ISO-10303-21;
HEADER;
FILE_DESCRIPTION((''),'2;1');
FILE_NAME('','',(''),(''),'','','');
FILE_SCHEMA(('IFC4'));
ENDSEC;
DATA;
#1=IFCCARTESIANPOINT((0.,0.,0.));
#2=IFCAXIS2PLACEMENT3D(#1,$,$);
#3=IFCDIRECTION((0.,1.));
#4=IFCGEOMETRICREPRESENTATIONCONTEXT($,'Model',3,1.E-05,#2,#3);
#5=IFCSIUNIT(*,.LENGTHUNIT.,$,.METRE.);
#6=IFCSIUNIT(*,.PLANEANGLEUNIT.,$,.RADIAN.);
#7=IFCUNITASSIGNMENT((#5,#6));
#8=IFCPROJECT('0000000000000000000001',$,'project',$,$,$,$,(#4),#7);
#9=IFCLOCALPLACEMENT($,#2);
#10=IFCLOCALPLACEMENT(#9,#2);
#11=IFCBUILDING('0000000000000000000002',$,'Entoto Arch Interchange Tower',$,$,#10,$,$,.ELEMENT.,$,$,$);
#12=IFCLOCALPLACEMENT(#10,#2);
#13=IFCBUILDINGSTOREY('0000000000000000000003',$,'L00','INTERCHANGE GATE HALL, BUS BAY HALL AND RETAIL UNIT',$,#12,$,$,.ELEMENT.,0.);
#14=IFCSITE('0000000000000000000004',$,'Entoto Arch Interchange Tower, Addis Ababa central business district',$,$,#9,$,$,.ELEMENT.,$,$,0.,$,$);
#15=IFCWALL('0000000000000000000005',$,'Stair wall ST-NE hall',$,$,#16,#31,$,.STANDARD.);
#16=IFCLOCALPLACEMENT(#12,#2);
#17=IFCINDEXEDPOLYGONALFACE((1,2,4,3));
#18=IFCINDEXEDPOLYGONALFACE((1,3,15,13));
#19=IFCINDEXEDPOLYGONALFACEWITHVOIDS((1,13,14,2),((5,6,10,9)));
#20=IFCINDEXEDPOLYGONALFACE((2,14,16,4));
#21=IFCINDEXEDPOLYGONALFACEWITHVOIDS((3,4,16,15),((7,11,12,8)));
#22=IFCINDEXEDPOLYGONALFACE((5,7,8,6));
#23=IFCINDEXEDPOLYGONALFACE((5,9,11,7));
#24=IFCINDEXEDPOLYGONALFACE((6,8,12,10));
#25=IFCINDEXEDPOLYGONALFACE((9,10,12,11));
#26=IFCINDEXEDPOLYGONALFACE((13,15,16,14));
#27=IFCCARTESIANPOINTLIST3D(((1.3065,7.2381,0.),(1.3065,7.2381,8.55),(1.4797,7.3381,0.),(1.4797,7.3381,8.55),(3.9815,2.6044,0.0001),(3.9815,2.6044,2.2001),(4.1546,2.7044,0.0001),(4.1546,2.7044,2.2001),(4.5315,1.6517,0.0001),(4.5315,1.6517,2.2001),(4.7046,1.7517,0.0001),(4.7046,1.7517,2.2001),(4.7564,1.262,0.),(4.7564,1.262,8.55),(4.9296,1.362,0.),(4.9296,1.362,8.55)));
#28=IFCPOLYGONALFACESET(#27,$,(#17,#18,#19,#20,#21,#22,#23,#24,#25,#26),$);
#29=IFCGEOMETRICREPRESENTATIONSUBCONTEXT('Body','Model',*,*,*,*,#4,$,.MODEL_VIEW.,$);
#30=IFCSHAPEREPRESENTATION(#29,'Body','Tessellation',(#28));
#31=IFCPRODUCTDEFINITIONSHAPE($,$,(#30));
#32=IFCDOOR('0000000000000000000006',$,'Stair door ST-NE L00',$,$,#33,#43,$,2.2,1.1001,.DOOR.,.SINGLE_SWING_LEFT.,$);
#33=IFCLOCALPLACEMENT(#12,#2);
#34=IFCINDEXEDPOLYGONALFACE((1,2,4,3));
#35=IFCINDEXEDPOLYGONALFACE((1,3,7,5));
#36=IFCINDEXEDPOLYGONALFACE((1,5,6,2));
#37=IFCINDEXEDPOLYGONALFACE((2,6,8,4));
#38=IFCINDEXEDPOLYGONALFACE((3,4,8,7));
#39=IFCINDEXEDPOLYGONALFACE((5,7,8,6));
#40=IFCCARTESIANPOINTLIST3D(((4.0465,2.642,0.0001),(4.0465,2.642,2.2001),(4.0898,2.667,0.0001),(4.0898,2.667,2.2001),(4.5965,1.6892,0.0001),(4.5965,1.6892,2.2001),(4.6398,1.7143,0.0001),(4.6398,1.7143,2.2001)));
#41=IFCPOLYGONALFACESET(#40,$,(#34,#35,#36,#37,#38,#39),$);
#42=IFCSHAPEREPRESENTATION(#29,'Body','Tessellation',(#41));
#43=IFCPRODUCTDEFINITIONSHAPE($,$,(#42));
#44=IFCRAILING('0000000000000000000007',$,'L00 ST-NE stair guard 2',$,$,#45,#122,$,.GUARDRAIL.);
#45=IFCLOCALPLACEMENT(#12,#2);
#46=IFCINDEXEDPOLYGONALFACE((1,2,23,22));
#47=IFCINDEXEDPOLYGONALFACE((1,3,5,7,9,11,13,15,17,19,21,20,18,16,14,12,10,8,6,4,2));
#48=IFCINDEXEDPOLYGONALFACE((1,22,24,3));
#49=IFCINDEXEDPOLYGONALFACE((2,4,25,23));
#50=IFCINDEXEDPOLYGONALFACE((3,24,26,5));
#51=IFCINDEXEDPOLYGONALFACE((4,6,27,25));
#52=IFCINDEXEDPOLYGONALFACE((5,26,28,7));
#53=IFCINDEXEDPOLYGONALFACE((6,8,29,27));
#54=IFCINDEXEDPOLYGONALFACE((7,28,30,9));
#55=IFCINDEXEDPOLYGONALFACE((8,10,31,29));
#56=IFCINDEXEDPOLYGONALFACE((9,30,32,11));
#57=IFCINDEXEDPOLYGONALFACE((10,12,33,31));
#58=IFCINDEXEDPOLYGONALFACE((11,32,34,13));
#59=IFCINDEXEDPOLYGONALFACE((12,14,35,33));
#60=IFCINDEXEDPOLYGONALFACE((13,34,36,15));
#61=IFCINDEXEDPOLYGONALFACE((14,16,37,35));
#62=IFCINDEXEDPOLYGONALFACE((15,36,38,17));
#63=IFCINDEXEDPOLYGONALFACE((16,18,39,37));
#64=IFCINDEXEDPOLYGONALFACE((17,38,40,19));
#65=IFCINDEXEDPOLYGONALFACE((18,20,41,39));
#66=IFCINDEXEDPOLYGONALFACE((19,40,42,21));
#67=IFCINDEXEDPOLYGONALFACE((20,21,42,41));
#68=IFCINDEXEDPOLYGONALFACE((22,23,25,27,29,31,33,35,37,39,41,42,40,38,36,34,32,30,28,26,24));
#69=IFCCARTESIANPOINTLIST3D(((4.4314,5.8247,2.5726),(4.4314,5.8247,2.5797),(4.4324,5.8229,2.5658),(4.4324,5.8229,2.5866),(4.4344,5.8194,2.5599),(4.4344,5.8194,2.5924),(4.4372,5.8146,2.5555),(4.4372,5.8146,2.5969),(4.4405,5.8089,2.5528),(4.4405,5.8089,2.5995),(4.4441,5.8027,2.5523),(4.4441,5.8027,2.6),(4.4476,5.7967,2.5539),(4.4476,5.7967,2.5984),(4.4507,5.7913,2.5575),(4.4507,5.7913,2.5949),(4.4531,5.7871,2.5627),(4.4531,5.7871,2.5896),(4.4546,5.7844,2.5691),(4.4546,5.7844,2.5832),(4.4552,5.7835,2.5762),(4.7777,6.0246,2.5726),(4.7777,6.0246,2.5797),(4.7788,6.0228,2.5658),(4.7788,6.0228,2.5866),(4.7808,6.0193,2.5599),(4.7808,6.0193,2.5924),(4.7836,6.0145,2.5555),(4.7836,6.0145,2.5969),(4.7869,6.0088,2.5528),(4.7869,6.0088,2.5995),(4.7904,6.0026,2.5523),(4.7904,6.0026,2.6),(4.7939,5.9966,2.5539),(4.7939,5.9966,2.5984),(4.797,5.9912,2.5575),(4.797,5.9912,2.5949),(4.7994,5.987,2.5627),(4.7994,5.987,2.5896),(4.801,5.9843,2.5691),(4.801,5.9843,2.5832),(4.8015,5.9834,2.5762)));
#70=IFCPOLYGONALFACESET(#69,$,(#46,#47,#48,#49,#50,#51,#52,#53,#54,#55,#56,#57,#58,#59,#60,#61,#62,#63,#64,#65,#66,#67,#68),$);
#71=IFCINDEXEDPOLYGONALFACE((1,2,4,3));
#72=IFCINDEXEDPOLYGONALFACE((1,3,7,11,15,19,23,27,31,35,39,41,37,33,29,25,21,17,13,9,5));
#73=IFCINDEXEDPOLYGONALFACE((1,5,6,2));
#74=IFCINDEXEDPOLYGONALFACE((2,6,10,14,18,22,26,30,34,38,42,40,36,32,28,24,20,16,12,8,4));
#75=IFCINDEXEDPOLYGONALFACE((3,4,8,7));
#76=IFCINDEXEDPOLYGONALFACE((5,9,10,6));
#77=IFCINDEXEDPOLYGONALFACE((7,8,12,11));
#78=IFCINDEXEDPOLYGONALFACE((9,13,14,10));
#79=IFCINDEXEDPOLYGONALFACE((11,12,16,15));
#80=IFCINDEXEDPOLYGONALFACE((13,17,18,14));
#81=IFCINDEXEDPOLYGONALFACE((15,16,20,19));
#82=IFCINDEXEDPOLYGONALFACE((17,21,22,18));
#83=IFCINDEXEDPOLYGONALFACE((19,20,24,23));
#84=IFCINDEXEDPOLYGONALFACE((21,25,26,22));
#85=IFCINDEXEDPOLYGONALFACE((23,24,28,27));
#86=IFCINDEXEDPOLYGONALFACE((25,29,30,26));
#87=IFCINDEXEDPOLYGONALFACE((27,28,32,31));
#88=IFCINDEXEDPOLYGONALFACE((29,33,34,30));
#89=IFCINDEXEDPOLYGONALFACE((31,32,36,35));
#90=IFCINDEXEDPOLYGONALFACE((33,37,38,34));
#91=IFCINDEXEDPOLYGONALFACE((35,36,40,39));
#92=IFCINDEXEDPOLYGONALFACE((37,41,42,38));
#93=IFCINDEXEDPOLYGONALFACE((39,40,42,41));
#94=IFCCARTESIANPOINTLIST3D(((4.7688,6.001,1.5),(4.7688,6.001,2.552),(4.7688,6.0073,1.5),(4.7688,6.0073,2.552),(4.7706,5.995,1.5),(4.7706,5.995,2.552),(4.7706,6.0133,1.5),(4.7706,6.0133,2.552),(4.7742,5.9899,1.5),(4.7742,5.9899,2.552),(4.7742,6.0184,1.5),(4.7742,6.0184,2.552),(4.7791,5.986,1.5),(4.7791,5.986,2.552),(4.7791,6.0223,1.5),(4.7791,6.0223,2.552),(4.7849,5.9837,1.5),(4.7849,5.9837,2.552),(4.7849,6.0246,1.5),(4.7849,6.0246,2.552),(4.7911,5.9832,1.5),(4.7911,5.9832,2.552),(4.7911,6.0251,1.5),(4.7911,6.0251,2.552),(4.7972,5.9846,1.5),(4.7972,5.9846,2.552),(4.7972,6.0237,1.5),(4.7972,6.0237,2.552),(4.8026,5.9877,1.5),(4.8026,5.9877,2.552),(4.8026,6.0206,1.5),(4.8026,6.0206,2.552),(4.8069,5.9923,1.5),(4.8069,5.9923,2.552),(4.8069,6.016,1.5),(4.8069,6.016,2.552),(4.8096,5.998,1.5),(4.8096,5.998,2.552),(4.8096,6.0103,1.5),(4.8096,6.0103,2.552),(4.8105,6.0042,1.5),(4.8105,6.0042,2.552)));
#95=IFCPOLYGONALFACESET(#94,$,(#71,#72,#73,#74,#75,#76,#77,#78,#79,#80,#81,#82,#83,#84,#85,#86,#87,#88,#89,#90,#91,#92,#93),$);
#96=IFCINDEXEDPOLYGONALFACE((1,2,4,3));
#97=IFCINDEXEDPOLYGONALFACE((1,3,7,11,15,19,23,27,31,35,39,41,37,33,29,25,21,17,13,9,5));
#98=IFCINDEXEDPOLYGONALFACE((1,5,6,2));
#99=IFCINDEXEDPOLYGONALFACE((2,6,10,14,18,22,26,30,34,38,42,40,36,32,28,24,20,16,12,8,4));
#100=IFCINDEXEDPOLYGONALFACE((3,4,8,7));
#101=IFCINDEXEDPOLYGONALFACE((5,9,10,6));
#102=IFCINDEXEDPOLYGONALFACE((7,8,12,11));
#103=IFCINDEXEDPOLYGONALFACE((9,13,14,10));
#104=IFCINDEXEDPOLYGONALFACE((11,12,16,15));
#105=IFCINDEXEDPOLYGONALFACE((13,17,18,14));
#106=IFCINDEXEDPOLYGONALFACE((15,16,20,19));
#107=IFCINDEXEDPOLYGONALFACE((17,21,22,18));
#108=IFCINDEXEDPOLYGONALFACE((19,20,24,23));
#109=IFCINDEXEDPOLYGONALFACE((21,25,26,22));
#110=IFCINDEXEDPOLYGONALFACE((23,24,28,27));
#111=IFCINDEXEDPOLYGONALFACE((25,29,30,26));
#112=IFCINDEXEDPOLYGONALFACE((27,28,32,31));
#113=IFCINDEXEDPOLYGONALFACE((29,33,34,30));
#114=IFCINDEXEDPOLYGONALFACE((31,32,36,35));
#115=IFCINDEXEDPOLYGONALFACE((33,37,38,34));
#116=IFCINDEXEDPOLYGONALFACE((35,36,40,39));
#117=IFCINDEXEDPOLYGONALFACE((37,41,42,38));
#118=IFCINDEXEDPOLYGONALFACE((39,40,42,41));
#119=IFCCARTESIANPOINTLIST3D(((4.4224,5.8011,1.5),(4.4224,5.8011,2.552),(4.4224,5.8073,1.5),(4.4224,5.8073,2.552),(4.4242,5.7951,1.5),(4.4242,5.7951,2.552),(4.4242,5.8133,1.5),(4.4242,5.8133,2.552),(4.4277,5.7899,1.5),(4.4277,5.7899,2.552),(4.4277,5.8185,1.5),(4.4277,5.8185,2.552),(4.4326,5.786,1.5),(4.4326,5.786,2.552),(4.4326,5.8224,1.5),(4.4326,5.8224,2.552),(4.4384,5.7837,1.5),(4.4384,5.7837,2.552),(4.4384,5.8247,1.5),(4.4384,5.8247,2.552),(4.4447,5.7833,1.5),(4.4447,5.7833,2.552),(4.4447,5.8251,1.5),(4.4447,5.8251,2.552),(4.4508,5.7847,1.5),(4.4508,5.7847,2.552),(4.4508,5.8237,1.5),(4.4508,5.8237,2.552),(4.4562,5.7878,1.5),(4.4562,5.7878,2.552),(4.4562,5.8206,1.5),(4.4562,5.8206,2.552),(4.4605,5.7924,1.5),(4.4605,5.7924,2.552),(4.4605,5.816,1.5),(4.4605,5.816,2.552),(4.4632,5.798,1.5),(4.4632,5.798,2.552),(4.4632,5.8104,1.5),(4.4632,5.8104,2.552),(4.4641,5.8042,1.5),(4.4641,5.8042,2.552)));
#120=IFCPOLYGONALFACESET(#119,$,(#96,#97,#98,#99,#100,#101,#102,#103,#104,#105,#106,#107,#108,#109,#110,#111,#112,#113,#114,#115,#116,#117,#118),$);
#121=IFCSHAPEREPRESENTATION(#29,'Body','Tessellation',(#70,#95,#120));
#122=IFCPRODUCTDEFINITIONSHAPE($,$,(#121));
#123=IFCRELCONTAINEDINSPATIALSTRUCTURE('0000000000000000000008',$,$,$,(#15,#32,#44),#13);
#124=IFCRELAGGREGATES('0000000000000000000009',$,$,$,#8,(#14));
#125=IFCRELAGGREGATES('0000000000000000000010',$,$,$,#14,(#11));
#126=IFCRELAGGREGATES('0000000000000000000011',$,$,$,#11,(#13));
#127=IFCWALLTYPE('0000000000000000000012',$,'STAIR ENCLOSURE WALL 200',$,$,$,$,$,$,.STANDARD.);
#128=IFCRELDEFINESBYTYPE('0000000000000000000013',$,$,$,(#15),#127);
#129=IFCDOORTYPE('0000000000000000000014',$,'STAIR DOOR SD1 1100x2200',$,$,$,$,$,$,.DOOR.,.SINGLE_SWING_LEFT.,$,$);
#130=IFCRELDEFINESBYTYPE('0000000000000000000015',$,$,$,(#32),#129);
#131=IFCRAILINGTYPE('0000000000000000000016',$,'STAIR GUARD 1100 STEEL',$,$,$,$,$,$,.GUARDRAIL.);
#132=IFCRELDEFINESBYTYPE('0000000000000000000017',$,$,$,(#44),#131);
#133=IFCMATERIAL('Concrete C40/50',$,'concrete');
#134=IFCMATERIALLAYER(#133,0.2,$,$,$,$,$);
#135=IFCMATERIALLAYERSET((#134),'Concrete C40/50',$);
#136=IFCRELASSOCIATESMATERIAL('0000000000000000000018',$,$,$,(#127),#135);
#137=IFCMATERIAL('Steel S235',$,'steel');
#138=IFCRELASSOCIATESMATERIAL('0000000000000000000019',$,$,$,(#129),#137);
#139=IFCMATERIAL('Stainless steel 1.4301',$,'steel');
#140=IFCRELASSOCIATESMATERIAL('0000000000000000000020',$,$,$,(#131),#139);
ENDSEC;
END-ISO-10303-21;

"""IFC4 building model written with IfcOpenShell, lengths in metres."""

from ifc_helpers import new_model, si_unit, direction, frame, frame_2d, origin, origin_2d, place, context, subcontext, project, spatial, rectangle, circle, extrude, material, layer, layer_set, type_object, element, fill, save


model = new_model("IFC4")

# Units and contexts
model_context = context("Model", 3, precision=1e-05, world=origin(), true_north=direction((0.0, 1.0)))
body_context = subcontext(model_context, "Body", "Model", "MODEL_VIEW")
ifc_project = project(units=[si_unit("LENGTHUNIT", "METRE"), si_unit("PLANEANGLEUNIT", "RADIAN")], contexts=[model_context])

# Site, building, storey
site_placement = place(None, origin())
site = spatial("IfcSite", under=ifc_project, at=site_placement, Name="Entoto Arch Interchange Tower, Addis Ababa central business district", CompositionType="ELEMENT", RefElevation=0.0)
building_placement = place(site_placement, origin())
building = spatial("IfcBuilding", under=site, at=building_placement, Name="Entoto Arch Interchange Tower", CompositionType="ELEMENT")
storey_placement = place(building_placement, origin())
storey = spatial("IfcBuildingStorey", under=building, at=storey_placement, Name="L00", Description="INTERCHANGE GATE HALL, BUS BAY HALL AND RETAIL UNIT", CompositionType="ELEMENT", Elevation=0.0)

# Shared definitions
ifc_material_1 = material(Name="Concrete C40/50", Category="concrete")

# Wall, opening, door
ifc_layer_1 = layer(ifc_material_1, 0.2)
ifc_layer_set_1 = layer_set([ifc_layer_1], Name="Concrete C40/50")
wall_type_1 = type_object("IfcWallType", Name="STAIR ENCLOSURE WALL 200", PredefinedType="STANDARD", material=ifc_layer_set_1)
ifc_material_2 = material(Name="Steel S235", Category="steel")
door_type = type_object("IfcDoorType", Name="STAIR DOOR SD1 1100x2200", OperationType="SINGLE_SWING_LEFT", PredefinedType="DOOR", material=ifc_material_2)
wall_1_placement = place(storey_placement, frame((4.843, 1.312, 0.0), z_axis=(0.0, 0.0, 1.0), x_axis=(-0.499963, 0.866047, 0.0)))
wall_1 = element("IfcWall", 1, at=wall_1_placement, inside=storey, type_object=wall_type_1, Name="Stair wall ST-NE hall", PredefinedType="STANDARD", context=body_context, shape_type="SweptSolid", body=[
    extrude(rectangle(XDim=6.9004, YDim=0.2, at=frame_2d((3.4502, 0.0))), origin(), (0.0, 0.0, 1.0), 8.55),
])
opening_1_placement = place(wall_1_placement, frame((0.45, 0.0, 0.0)))
opening_1 = element("IfcOpeningElement", 2, at=opening_1_placement, cuts=wall_1, PredefinedType="OPENING", context=body_context, shape_type="SweptSolid", body=[
    extrude(rectangle(XDim=1.1001, YDim=2.2, at=frame_2d((0.55, 1.1001))), frame((0.0, 0.1099, 0.0), z_axis=(0.0, -1.0, 0.0), x_axis=(1.0, 0.0, 0.0)), (0.0, 0.0, 1.0), 0.22),
])
door_1_placement = place(opening_1_placement, origin())
door_1 = element("IfcDoor", 3, at=door_1_placement, inside=storey, type_object=door_type, Name="Stair door ST-NE L00", OperationType="SINGLE_SWING_LEFT", OverallHeight=2.2, OverallWidth=1.1001, PredefinedType="DOOR", context=body_context, shape_type="SweptSolid", body=[
    extrude(rectangle(XDim=1.1001, YDim=2.2, at=frame_2d((0.55, 1.1001))), frame((0.0, 0.0249, 0.0), z_axis=(0.0, -1.0, 0.0), x_axis=(1.0, 0.0, 0.0)), (0.0, 0.0, 1.0), 0.05),
])
fill(opening_1, door_1)

# Railing
ifc_material_3 = material(Name="Stainless steel 1.4301", Category="steel")
railing_type_1 = type_object("IfcRailingType", Name="STAIR GUARD 1100 STEEL", PredefinedType="GUARDRAIL", material=ifc_material_3)
railing_1_placement = place(storey_placement, frame((4.7896, 6.0042, 1.5)))
element("IfcRailing", 4, at=railing_1_placement, inside=storey, type_object=railing_type_1, Name="L00 ST-NE stair guard 2", PredefinedType="GUARDRAIL", context=body_context, shape_type="SweptSolid", body=[
    extrude(circle(Radius=0.0239, at=origin_2d()), frame((0.0, 0.0, 1.0762), z_axis=(-0.866094, -0.499881, 0.0), x_axis=(0.499881, -0.866094, 0.0)), (0.0, 0.0, 1.0), 0.3999),
    extrude(circle(Radius=0.021, at=origin_2d()), origin(), (0.0, 0.0, 1.0), 1.052),
    extrude(circle(Radius=0.021, at=origin_2d()), frame((-0.3464, -0.2, 0.0)), (0.0, 0.0, 1.0), 1.052),
])

save(model, "model.ifc")
